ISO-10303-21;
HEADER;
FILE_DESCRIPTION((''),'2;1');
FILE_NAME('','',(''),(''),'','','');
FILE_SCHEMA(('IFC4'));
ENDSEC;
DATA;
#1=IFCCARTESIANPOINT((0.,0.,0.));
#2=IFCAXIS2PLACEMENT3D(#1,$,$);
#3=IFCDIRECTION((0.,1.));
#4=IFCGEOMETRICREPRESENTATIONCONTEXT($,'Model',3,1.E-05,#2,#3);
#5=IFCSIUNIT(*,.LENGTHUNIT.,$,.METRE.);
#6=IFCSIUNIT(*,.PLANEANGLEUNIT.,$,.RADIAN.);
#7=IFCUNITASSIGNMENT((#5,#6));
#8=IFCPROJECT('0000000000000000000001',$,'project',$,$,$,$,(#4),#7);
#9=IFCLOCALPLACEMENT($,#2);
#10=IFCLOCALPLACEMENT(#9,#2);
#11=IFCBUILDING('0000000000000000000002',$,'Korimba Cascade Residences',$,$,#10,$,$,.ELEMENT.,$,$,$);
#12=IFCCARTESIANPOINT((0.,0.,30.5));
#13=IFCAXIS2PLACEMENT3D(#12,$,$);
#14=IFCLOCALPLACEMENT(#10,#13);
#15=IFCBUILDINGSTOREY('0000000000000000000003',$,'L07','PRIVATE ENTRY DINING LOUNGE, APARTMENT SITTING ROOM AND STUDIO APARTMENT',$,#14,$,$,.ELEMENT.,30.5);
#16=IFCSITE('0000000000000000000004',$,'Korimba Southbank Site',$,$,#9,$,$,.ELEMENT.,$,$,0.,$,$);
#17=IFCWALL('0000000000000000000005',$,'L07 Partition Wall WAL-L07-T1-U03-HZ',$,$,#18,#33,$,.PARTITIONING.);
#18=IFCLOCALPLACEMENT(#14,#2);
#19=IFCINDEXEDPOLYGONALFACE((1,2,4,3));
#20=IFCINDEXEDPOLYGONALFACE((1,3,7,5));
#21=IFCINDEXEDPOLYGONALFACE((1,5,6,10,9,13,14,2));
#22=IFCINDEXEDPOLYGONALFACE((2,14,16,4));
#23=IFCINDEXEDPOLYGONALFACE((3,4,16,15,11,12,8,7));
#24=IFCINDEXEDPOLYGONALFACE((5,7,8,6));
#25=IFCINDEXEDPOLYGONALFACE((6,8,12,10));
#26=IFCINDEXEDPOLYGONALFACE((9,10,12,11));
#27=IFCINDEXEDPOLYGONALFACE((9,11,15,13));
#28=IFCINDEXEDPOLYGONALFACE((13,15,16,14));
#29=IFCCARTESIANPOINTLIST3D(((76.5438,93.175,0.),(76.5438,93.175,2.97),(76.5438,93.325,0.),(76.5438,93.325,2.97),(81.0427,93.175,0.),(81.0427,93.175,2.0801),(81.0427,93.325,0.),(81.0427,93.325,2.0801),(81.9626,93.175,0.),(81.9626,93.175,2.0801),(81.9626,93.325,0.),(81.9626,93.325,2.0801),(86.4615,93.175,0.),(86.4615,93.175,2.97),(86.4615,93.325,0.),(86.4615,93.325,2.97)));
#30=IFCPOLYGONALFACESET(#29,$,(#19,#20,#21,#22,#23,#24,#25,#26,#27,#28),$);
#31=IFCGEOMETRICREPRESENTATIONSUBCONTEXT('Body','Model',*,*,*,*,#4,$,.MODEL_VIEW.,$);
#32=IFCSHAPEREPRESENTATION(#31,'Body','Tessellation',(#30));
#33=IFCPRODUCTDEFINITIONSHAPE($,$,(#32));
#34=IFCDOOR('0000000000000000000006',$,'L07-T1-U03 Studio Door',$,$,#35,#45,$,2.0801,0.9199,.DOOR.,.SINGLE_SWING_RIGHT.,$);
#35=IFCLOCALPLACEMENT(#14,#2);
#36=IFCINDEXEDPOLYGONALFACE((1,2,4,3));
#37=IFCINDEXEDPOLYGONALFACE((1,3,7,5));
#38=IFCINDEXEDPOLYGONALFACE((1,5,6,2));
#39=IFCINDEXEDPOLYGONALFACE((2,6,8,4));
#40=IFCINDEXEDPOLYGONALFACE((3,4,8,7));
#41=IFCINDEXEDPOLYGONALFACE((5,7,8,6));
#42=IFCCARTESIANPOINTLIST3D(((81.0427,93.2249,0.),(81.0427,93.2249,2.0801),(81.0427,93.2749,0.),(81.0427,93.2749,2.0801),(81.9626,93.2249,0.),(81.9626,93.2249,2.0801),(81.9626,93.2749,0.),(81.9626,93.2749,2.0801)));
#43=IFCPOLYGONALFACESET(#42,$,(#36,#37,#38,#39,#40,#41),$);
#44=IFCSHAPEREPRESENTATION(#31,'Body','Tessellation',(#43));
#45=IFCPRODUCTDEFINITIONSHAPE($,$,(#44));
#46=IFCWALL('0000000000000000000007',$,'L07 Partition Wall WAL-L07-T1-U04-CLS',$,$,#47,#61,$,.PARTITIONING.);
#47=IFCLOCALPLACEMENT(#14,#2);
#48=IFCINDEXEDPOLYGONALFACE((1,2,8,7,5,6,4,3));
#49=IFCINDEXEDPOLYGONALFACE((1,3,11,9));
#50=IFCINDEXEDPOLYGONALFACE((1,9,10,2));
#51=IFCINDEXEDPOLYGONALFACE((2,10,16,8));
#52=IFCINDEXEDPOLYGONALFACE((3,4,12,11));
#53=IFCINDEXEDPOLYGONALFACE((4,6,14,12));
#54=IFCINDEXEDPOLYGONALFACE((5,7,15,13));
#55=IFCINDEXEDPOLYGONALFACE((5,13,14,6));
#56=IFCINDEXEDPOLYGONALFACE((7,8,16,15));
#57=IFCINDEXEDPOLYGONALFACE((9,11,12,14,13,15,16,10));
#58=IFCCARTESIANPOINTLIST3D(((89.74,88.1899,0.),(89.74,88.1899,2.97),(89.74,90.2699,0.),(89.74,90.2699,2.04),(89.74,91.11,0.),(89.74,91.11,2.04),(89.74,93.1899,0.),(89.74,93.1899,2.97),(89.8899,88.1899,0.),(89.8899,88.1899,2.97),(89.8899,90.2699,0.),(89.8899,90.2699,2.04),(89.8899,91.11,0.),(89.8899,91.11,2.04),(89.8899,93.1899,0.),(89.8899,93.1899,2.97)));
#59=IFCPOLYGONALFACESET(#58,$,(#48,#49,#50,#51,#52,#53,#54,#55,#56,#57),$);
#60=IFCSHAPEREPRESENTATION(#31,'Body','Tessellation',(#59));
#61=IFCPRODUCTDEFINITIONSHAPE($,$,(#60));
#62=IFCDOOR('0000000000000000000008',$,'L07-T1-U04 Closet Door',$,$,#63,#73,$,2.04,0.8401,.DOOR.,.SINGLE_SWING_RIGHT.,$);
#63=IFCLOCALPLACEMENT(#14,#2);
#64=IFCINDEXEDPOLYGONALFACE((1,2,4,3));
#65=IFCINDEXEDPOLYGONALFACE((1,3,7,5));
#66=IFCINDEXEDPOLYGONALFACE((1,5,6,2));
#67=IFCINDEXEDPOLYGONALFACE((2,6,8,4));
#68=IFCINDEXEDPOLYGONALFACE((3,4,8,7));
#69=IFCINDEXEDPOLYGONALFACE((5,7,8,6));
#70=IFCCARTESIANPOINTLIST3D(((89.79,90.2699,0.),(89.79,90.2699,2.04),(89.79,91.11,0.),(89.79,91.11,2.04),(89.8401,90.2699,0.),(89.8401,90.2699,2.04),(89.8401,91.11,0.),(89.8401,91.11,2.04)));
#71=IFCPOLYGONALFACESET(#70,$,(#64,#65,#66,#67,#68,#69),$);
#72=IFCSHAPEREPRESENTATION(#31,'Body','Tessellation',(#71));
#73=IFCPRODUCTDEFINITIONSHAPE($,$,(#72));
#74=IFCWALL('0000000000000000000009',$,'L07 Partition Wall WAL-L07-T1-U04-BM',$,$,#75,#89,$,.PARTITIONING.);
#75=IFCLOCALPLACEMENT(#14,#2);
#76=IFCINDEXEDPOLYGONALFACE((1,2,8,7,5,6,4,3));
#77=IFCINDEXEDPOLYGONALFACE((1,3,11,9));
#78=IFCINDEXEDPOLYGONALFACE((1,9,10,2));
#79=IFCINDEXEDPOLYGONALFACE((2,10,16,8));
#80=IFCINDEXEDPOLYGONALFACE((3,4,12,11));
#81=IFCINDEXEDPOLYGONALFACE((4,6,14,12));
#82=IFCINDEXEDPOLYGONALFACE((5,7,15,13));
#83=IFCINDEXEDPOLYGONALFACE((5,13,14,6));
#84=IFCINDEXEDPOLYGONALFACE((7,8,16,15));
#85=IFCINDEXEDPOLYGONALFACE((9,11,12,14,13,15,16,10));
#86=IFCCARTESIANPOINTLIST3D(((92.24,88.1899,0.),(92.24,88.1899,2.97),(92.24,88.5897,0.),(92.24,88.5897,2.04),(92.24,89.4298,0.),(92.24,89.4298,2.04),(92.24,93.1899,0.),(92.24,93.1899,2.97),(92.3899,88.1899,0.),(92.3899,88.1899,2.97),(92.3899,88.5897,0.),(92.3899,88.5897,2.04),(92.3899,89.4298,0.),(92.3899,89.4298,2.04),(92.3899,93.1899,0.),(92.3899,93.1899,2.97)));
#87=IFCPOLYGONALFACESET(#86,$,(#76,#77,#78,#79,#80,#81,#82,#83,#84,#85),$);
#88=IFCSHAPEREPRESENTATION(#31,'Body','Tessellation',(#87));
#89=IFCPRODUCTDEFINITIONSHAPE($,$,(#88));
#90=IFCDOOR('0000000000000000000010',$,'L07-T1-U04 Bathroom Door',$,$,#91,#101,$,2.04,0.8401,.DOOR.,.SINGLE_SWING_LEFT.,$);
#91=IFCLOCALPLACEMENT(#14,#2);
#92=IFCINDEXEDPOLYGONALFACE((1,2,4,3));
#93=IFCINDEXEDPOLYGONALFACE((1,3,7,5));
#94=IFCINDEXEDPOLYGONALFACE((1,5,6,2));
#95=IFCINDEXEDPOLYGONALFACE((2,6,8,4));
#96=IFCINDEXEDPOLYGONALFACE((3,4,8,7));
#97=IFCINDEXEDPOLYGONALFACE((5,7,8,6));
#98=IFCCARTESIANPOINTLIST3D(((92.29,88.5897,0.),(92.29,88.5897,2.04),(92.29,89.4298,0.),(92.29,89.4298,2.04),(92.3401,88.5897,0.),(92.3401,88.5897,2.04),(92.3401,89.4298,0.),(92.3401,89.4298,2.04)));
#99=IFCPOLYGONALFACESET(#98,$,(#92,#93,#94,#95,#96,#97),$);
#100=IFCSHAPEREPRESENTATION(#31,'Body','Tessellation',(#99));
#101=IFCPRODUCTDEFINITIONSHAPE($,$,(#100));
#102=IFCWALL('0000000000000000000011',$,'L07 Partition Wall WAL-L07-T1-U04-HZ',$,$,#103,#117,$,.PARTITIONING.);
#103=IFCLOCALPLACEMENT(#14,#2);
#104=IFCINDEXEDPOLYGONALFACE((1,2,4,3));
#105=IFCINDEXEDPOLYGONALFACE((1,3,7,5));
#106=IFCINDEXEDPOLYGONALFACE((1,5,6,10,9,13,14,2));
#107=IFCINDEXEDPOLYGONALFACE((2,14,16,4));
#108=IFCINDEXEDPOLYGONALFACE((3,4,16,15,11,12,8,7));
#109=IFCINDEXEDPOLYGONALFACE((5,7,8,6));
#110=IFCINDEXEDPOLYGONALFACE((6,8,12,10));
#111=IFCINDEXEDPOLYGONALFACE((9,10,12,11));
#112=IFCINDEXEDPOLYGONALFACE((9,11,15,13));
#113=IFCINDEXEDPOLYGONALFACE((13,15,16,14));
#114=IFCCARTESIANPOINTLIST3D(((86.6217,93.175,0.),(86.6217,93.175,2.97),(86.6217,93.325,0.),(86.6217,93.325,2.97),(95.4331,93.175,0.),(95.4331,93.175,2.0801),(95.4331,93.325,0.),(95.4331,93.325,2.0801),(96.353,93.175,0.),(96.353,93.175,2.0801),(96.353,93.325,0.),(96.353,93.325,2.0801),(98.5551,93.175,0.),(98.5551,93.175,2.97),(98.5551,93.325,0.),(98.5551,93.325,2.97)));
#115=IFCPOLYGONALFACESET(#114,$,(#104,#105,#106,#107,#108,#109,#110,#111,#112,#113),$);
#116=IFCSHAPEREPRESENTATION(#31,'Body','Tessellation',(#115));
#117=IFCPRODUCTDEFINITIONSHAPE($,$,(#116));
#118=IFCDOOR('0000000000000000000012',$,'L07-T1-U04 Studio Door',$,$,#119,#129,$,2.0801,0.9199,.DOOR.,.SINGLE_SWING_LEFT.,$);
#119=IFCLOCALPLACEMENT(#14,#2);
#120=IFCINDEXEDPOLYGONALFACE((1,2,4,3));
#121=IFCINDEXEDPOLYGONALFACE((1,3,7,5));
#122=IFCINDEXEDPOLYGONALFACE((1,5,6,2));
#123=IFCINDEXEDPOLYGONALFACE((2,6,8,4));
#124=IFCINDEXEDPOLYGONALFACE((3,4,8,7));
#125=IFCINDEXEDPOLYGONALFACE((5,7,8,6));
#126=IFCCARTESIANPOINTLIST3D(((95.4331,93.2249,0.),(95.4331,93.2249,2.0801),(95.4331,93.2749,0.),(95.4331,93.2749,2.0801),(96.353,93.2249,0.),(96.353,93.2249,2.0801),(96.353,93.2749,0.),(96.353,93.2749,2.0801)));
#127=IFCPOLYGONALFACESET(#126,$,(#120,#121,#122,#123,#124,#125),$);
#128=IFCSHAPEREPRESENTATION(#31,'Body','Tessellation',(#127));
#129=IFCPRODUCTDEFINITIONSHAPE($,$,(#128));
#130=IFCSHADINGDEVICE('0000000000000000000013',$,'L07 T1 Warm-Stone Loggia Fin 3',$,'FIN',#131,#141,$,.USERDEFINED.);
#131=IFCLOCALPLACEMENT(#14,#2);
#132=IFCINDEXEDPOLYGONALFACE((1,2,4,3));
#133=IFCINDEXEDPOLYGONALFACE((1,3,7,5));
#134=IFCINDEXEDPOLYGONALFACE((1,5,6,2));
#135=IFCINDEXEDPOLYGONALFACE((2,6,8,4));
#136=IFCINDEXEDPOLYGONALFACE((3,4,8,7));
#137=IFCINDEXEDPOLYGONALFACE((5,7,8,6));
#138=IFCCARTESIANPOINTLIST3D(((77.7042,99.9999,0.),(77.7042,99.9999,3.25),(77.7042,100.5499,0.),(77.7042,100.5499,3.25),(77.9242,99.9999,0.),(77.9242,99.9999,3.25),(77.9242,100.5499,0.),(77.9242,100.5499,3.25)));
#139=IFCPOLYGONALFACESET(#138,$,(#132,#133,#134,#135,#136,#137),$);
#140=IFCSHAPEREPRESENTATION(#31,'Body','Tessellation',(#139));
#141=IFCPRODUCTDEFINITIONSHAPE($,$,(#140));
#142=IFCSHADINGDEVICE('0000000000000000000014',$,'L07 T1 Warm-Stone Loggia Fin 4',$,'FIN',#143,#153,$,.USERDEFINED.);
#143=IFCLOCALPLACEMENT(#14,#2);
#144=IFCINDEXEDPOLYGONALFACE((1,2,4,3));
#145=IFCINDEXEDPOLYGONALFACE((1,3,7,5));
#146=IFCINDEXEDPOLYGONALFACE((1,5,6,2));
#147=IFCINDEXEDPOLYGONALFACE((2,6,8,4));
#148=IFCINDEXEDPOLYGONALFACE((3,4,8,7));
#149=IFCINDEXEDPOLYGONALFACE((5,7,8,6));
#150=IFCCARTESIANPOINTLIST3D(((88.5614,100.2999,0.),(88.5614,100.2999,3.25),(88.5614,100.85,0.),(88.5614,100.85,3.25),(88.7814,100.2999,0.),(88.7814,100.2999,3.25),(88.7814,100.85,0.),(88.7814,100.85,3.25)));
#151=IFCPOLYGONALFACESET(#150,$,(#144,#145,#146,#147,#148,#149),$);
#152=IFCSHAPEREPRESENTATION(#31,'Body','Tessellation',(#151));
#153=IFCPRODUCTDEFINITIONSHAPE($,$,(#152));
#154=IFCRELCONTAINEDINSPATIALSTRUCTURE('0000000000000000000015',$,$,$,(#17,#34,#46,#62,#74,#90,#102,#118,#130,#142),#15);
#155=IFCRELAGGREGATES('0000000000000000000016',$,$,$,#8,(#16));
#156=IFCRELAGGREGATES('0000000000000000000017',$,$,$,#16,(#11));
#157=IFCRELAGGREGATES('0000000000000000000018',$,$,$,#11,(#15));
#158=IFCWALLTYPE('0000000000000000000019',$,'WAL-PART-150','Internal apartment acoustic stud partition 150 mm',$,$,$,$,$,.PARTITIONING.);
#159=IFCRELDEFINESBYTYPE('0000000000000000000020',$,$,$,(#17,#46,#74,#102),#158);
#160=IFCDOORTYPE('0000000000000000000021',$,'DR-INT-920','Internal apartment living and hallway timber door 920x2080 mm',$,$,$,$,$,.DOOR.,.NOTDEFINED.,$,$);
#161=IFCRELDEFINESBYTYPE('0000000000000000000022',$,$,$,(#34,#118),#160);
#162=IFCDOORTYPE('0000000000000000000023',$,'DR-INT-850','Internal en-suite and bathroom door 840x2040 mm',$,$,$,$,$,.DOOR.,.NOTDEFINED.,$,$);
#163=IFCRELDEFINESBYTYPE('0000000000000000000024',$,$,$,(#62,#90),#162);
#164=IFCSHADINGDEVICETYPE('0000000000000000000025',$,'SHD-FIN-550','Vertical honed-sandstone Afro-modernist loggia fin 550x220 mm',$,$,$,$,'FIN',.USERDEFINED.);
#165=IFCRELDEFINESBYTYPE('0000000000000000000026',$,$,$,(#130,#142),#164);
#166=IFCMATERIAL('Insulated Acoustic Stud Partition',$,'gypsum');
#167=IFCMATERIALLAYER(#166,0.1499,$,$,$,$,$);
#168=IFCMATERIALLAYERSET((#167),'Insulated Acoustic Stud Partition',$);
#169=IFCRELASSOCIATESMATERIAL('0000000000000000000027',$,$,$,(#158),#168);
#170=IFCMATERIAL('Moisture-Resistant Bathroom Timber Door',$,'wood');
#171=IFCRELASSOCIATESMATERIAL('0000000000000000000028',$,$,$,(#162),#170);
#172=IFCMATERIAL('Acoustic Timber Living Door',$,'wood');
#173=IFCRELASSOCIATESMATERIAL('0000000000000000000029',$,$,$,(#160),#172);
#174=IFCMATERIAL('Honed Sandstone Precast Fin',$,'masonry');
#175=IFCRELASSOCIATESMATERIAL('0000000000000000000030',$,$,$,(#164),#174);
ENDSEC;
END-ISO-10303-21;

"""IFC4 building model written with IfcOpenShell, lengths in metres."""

from ifc_helpers import new_model, si_unit, direction, frame, frame_2d, origin, origin_2d, place, context, subcontext, project, spatial, rectangle, extrude, material, layer, layer_set, type_object, element, fill, save


model = new_model("IFC4")

# Units and contexts
model_context = context("Model", 3, precision=1e-05, world=origin(), true_north=direction((0.0, 1.0)))
body_context = subcontext(model_context, "Body", "Model", "MODEL_VIEW")
ifc_project = project(units=[si_unit("LENGTHUNIT", "METRE"), si_unit("PLANEANGLEUNIT", "RADIAN")], contexts=[model_context])

# Site, building, storey
site_placement = place(None, origin())
site = spatial("IfcSite", under=ifc_project, at=site_placement, Name="Korimba Southbank Site", CompositionType="ELEMENT", RefElevation=0.0)
building_placement = place(site_placement, origin())
building = spatial("IfcBuilding", under=site, at=building_placement, Name="Korimba Cascade Residences", CompositionType="ELEMENT")
storey_placement = place(building_placement, frame((0.0, 0.0, 30.5)))
storey = spatial("IfcBuildingStorey", under=building, at=storey_placement, Name="L07", Description="PRIVATE ENTRY DINING LOUNGE, APARTMENT SITTING ROOM AND STUDIO APARTMENT", CompositionType="ELEMENT", Elevation=30.5)

# Walls, openings, doors
ifc_material_1 = material(Name="Insulated Acoustic Stud Partition", Category="gypsum")
ifc_layer = layer(ifc_material_1, 0.1499)
ifc_layer_set = layer_set([ifc_layer], Name="Insulated Acoustic Stud Partition")
wall_type = type_object("IfcWallType", Name="WAL-PART-150", Description="Internal apartment acoustic stud partition 150 mm", PredefinedType="PARTITIONING", material=ifc_layer_set)
ifc_material_2 = material(Name="Moisture-Resistant Bathroom Timber Door", Category="wood")
door_type_1 = type_object("IfcDoorType", Name="DR-INT-850", Description="Internal en-suite and bathroom door 840x2040 mm", OperationType="NOTDEFINED", PredefinedType="DOOR", material=ifc_material_2)
wall_1_placement = place(storey_placement, frame((76.5437, 93.25, 0.0), z_axis=(0.0, 0.0, 1.0), x_axis=(1.0, 0.0, 0.0)))
wall_1 = element("IfcWall", 1, at=wall_1_placement, inside=storey, type_object=wall_type, Name="L07 Partition Wall WAL-L07-T1-U03-HZ", PredefinedType="PARTITIONING", context=body_context, shape_type="SweptSolid", body=[
    extrude(rectangle(XDim=9.9177, YDim=0.1499, at=frame_2d((4.959, 0.0))), origin(), (0.0, 0.0, 1.0), 2.97),
])
opening_1_placement = place(wall_1_placement, frame((4.499, 0.0, 0.0)))
opening_1 = element("IfcOpeningElement", 2, at=opening_1_placement, cuts=wall_1, PredefinedType="OPENING", context=body_context, shape_type="SweptSolid", body=[
    extrude(rectangle(XDim=0.9199, YDim=2.0801, at=frame_2d((0.46, 1.04))), frame((0.0, 0.085, 0.0), z_axis=(0.0, -1.0, 0.0), x_axis=(1.0, 0.0, 0.0)), (0.0, 0.0, 1.0), 0.1699),
])
ifc_material_3 = material(Name="Acoustic Timber Living Door", Category="wood")
door_type_2 = type_object("IfcDoorType", Name="DR-INT-920", Description="Internal apartment living and hallway timber door 920x2080 mm", OperationType="NOTDEFINED", PredefinedType="DOOR", material=ifc_material_3)
door_1_placement = place(opening_1_placement, origin())
door_1 = element("IfcDoor", 3, at=door_1_placement, inside=storey, type_object=door_type_2, Name="L07-T1-U03 Studio Door", OperationType="SINGLE_SWING_RIGHT", OverallHeight=2.0801, OverallWidth=0.9199, PredefinedType="DOOR", context=body_context, shape_type="SweptSolid", body=[
    extrude(rectangle(XDim=0.9199, YDim=2.0801, at=frame_2d((0.46, 1.04))), frame((0.0, 0.0249, 0.0), z_axis=(0.0, -1.0, 0.0), x_axis=(1.0, 0.0, 0.0)), (0.0, 0.0, 1.0), 0.05),
])
fill(opening_1, door_1)
wall_2_placement = place(storey_placement, frame((89.8149, 88.1899, 0.0), z_axis=(0.0, 0.0, 1.0), x_axis=(0.0, 1.0, 0.0)))
wall_2 = element("IfcWall", 4, at=wall_2_placement, inside=storey, type_object=wall_type, Name="L07 Partition Wall WAL-L07-T1-U04-CLS", PredefinedType="PARTITIONING", context=body_context, shape_type="SweptSolid", body=[
    extrude(rectangle(XDim=5.0, YDim=0.1499, at=frame_2d((2.5, 0.0))), origin(), (0.0, 0.0, 1.0), 2.97),
])
opening_2_placement = place(wall_2_placement, frame((2.0801, 0.0, 0.0)))
opening_2 = element("IfcOpeningElement", 5, at=opening_2_placement, cuts=wall_2, PredefinedType="OPENING", context=body_context, shape_type="SweptSolid", body=[
    extrude(rectangle(XDim=0.8401, YDim=2.04, at=frame_2d((0.4199, 1.02))), frame((0.0, 0.085, 0.0), z_axis=(0.0, -1.0, 0.0), x_axis=(1.0, 0.0, 0.0)), (0.0, 0.0, 1.0), 0.1699),
])
door_2_placement = place(opening_2_placement, origin())
door_2 = element("IfcDoor", 6, at=door_2_placement, inside=storey, type_object=door_type_1, Name="L07-T1-U04 Closet Door", OperationType="SINGLE_SWING_RIGHT", OverallHeight=2.04, OverallWidth=0.8401, PredefinedType="DOOR", context=body_context, shape_type="SweptSolid", body=[
    extrude(rectangle(XDim=0.8401, YDim=2.04, at=frame_2d((0.4199, 1.02))), frame((0.0, 0.0249, 0.0), z_axis=(0.0, -1.0, 0.0), x_axis=(1.0, 0.0, 0.0)), (0.0, 0.0, 1.0), 0.05),
])
fill(opening_2, door_2)
wall_3_placement = place(storey_placement, frame((92.3149, 88.1899, 0.0), z_axis=(0.0, 0.0, 1.0), x_axis=(0.0, 1.0, 0.0)))
wall_3 = element("IfcWall", 7, at=wall_3_placement, inside=storey, type_object=wall_type, Name="L07 Partition Wall WAL-L07-T1-U04-BM", PredefinedType="PARTITIONING", context=body_context, shape_type="SweptSolid", body=[
    extrude(rectangle(XDim=5.0, YDim=0.1499, at=frame_2d((2.5, 0.0))), origin(), (0.0, 0.0, 1.0), 2.97),
])
opening_3_placement = place(wall_3_placement, frame((0.3999, 0.0, 0.0)))
opening_3 = element("IfcOpeningElement", 8, at=opening_3_placement, cuts=wall_3, PredefinedType="OPENING", context=body_context, shape_type="SweptSolid", body=[
    extrude(rectangle(XDim=0.8401, YDim=2.04, at=frame_2d((0.4199, 1.02))), frame((0.0, 0.085, 0.0), z_axis=(0.0, -1.0, 0.0), x_axis=(1.0, 0.0, 0.0)), (0.0, 0.0, 1.0), 0.1699),
])
door_3_placement = place(opening_3_placement, origin())
door_3 = element("IfcDoor", 9, at=door_3_placement, inside=storey, type_object=door_type_1, Name="L07-T1-U04 Bathroom Door", OperationType="SINGLE_SWING_LEFT", OverallHeight=2.04, OverallWidth=0.8401, PredefinedType="DOOR", context=body_context, shape_type="SweptSolid", body=[
    extrude(rectangle(XDim=0.8401, YDim=2.04, at=frame_2d((0.4199, 1.02))), frame((0.0, 0.0249, 0.0), z_axis=(0.0, -1.0, 0.0), x_axis=(1.0, 0.0, 0.0)), (0.0, 0.0, 1.0), 0.05),
])
fill(opening_3, door_3)
wall_4_placement = place(storey_placement, frame((86.6216, 93.25, 0.0), z_axis=(0.0, 0.0, 1.0), x_axis=(1.0, 0.0, 0.0)))
wall_4 = element("IfcWall", 10, at=wall_4_placement, inside=storey, type_object=wall_type, Name="L07 Partition Wall WAL-L07-T1-U04-HZ", PredefinedType="PARTITIONING", context=body_context, shape_type="SweptSolid", body=[
    extrude(rectangle(XDim=11.9333, YDim=0.1499, at=frame_2d((5.9668, 0.0))), origin(), (0.0, 0.0, 1.0), 2.97),
])
opening_4_placement = place(wall_4_placement, frame((8.8115, 0.0, 0.0)))
opening_4 = element("IfcOpeningElement", 11, at=opening_4_placement, cuts=wall_4, PredefinedType="OPENING", context=body_context, shape_type="SweptSolid", body=[
    extrude(rectangle(XDim=0.9199, YDim=2.0801, at=frame_2d((0.46, 1.04))), frame((0.0, 0.085, 0.0), z_axis=(0.0, -1.0, 0.0), x_axis=(1.0, 0.0, 0.0)), (0.0, 0.0, 1.0), 0.1699),
])
door_4_placement = place(opening_4_placement, origin())
door_4 = element("IfcDoor", 12, at=door_4_placement, inside=storey, type_object=door_type_2, Name="L07-T1-U04 Studio Door", OperationType="SINGLE_SWING_LEFT", OverallHeight=2.0801, OverallWidth=0.9199, PredefinedType="DOOR", context=body_context, shape_type="SweptSolid", body=[
    extrude(rectangle(XDim=0.9199, YDim=2.0801, at=frame_2d((0.46, 1.04))), frame((0.0, 0.0249, 0.0), z_axis=(0.0, -1.0, 0.0), x_axis=(1.0, 0.0, 0.0)), (0.0, 0.0, 1.0), 0.05),
])
fill(opening_4, door_4)

# Shading devices
ifc_material_4 = material(Name="Honed Sandstone Precast Fin", Category="masonry")
shading_device_type = type_object("IfcShadingDeviceType", Name="SHD-FIN-550", Description="Vertical honed-sandstone Afro-modernist loggia fin 550x220 mm", ElementType="FIN", PredefinedType="USERDEFINED", material=ifc_material_4)
for number, where, z_axis, x_axis, name in (
    (13, (77.8142, 100.2749, 0.0), (0.0, 0.0, 1.0), (1.0, 0.0, 0.0), "L07 T1 Warm-Stone Loggia Fin 3"),
    (14, (88.6714, 100.575, 0.0), (0.0, 0.0, 1.0), (1.0, 0.0, 0.0), "L07 T1 Warm-Stone Loggia Fin 4"),
):
    element("IfcShadingDevice", number, at=place(storey_placement, frame(where, z_axis=z_axis, x_axis=x_axis)), inside=storey, type_object=shading_device_type, Name=name, ObjectType="FIN", PredefinedType="USERDEFINED", context=body_context, shape_type="SweptSolid", body=[
        extrude(rectangle(XDim=0.22, YDim=0.55, at=origin_2d()), origin(), (0.0, 0.0, 1.0), 3.25),
    ])

save(model, "model.ifc")
